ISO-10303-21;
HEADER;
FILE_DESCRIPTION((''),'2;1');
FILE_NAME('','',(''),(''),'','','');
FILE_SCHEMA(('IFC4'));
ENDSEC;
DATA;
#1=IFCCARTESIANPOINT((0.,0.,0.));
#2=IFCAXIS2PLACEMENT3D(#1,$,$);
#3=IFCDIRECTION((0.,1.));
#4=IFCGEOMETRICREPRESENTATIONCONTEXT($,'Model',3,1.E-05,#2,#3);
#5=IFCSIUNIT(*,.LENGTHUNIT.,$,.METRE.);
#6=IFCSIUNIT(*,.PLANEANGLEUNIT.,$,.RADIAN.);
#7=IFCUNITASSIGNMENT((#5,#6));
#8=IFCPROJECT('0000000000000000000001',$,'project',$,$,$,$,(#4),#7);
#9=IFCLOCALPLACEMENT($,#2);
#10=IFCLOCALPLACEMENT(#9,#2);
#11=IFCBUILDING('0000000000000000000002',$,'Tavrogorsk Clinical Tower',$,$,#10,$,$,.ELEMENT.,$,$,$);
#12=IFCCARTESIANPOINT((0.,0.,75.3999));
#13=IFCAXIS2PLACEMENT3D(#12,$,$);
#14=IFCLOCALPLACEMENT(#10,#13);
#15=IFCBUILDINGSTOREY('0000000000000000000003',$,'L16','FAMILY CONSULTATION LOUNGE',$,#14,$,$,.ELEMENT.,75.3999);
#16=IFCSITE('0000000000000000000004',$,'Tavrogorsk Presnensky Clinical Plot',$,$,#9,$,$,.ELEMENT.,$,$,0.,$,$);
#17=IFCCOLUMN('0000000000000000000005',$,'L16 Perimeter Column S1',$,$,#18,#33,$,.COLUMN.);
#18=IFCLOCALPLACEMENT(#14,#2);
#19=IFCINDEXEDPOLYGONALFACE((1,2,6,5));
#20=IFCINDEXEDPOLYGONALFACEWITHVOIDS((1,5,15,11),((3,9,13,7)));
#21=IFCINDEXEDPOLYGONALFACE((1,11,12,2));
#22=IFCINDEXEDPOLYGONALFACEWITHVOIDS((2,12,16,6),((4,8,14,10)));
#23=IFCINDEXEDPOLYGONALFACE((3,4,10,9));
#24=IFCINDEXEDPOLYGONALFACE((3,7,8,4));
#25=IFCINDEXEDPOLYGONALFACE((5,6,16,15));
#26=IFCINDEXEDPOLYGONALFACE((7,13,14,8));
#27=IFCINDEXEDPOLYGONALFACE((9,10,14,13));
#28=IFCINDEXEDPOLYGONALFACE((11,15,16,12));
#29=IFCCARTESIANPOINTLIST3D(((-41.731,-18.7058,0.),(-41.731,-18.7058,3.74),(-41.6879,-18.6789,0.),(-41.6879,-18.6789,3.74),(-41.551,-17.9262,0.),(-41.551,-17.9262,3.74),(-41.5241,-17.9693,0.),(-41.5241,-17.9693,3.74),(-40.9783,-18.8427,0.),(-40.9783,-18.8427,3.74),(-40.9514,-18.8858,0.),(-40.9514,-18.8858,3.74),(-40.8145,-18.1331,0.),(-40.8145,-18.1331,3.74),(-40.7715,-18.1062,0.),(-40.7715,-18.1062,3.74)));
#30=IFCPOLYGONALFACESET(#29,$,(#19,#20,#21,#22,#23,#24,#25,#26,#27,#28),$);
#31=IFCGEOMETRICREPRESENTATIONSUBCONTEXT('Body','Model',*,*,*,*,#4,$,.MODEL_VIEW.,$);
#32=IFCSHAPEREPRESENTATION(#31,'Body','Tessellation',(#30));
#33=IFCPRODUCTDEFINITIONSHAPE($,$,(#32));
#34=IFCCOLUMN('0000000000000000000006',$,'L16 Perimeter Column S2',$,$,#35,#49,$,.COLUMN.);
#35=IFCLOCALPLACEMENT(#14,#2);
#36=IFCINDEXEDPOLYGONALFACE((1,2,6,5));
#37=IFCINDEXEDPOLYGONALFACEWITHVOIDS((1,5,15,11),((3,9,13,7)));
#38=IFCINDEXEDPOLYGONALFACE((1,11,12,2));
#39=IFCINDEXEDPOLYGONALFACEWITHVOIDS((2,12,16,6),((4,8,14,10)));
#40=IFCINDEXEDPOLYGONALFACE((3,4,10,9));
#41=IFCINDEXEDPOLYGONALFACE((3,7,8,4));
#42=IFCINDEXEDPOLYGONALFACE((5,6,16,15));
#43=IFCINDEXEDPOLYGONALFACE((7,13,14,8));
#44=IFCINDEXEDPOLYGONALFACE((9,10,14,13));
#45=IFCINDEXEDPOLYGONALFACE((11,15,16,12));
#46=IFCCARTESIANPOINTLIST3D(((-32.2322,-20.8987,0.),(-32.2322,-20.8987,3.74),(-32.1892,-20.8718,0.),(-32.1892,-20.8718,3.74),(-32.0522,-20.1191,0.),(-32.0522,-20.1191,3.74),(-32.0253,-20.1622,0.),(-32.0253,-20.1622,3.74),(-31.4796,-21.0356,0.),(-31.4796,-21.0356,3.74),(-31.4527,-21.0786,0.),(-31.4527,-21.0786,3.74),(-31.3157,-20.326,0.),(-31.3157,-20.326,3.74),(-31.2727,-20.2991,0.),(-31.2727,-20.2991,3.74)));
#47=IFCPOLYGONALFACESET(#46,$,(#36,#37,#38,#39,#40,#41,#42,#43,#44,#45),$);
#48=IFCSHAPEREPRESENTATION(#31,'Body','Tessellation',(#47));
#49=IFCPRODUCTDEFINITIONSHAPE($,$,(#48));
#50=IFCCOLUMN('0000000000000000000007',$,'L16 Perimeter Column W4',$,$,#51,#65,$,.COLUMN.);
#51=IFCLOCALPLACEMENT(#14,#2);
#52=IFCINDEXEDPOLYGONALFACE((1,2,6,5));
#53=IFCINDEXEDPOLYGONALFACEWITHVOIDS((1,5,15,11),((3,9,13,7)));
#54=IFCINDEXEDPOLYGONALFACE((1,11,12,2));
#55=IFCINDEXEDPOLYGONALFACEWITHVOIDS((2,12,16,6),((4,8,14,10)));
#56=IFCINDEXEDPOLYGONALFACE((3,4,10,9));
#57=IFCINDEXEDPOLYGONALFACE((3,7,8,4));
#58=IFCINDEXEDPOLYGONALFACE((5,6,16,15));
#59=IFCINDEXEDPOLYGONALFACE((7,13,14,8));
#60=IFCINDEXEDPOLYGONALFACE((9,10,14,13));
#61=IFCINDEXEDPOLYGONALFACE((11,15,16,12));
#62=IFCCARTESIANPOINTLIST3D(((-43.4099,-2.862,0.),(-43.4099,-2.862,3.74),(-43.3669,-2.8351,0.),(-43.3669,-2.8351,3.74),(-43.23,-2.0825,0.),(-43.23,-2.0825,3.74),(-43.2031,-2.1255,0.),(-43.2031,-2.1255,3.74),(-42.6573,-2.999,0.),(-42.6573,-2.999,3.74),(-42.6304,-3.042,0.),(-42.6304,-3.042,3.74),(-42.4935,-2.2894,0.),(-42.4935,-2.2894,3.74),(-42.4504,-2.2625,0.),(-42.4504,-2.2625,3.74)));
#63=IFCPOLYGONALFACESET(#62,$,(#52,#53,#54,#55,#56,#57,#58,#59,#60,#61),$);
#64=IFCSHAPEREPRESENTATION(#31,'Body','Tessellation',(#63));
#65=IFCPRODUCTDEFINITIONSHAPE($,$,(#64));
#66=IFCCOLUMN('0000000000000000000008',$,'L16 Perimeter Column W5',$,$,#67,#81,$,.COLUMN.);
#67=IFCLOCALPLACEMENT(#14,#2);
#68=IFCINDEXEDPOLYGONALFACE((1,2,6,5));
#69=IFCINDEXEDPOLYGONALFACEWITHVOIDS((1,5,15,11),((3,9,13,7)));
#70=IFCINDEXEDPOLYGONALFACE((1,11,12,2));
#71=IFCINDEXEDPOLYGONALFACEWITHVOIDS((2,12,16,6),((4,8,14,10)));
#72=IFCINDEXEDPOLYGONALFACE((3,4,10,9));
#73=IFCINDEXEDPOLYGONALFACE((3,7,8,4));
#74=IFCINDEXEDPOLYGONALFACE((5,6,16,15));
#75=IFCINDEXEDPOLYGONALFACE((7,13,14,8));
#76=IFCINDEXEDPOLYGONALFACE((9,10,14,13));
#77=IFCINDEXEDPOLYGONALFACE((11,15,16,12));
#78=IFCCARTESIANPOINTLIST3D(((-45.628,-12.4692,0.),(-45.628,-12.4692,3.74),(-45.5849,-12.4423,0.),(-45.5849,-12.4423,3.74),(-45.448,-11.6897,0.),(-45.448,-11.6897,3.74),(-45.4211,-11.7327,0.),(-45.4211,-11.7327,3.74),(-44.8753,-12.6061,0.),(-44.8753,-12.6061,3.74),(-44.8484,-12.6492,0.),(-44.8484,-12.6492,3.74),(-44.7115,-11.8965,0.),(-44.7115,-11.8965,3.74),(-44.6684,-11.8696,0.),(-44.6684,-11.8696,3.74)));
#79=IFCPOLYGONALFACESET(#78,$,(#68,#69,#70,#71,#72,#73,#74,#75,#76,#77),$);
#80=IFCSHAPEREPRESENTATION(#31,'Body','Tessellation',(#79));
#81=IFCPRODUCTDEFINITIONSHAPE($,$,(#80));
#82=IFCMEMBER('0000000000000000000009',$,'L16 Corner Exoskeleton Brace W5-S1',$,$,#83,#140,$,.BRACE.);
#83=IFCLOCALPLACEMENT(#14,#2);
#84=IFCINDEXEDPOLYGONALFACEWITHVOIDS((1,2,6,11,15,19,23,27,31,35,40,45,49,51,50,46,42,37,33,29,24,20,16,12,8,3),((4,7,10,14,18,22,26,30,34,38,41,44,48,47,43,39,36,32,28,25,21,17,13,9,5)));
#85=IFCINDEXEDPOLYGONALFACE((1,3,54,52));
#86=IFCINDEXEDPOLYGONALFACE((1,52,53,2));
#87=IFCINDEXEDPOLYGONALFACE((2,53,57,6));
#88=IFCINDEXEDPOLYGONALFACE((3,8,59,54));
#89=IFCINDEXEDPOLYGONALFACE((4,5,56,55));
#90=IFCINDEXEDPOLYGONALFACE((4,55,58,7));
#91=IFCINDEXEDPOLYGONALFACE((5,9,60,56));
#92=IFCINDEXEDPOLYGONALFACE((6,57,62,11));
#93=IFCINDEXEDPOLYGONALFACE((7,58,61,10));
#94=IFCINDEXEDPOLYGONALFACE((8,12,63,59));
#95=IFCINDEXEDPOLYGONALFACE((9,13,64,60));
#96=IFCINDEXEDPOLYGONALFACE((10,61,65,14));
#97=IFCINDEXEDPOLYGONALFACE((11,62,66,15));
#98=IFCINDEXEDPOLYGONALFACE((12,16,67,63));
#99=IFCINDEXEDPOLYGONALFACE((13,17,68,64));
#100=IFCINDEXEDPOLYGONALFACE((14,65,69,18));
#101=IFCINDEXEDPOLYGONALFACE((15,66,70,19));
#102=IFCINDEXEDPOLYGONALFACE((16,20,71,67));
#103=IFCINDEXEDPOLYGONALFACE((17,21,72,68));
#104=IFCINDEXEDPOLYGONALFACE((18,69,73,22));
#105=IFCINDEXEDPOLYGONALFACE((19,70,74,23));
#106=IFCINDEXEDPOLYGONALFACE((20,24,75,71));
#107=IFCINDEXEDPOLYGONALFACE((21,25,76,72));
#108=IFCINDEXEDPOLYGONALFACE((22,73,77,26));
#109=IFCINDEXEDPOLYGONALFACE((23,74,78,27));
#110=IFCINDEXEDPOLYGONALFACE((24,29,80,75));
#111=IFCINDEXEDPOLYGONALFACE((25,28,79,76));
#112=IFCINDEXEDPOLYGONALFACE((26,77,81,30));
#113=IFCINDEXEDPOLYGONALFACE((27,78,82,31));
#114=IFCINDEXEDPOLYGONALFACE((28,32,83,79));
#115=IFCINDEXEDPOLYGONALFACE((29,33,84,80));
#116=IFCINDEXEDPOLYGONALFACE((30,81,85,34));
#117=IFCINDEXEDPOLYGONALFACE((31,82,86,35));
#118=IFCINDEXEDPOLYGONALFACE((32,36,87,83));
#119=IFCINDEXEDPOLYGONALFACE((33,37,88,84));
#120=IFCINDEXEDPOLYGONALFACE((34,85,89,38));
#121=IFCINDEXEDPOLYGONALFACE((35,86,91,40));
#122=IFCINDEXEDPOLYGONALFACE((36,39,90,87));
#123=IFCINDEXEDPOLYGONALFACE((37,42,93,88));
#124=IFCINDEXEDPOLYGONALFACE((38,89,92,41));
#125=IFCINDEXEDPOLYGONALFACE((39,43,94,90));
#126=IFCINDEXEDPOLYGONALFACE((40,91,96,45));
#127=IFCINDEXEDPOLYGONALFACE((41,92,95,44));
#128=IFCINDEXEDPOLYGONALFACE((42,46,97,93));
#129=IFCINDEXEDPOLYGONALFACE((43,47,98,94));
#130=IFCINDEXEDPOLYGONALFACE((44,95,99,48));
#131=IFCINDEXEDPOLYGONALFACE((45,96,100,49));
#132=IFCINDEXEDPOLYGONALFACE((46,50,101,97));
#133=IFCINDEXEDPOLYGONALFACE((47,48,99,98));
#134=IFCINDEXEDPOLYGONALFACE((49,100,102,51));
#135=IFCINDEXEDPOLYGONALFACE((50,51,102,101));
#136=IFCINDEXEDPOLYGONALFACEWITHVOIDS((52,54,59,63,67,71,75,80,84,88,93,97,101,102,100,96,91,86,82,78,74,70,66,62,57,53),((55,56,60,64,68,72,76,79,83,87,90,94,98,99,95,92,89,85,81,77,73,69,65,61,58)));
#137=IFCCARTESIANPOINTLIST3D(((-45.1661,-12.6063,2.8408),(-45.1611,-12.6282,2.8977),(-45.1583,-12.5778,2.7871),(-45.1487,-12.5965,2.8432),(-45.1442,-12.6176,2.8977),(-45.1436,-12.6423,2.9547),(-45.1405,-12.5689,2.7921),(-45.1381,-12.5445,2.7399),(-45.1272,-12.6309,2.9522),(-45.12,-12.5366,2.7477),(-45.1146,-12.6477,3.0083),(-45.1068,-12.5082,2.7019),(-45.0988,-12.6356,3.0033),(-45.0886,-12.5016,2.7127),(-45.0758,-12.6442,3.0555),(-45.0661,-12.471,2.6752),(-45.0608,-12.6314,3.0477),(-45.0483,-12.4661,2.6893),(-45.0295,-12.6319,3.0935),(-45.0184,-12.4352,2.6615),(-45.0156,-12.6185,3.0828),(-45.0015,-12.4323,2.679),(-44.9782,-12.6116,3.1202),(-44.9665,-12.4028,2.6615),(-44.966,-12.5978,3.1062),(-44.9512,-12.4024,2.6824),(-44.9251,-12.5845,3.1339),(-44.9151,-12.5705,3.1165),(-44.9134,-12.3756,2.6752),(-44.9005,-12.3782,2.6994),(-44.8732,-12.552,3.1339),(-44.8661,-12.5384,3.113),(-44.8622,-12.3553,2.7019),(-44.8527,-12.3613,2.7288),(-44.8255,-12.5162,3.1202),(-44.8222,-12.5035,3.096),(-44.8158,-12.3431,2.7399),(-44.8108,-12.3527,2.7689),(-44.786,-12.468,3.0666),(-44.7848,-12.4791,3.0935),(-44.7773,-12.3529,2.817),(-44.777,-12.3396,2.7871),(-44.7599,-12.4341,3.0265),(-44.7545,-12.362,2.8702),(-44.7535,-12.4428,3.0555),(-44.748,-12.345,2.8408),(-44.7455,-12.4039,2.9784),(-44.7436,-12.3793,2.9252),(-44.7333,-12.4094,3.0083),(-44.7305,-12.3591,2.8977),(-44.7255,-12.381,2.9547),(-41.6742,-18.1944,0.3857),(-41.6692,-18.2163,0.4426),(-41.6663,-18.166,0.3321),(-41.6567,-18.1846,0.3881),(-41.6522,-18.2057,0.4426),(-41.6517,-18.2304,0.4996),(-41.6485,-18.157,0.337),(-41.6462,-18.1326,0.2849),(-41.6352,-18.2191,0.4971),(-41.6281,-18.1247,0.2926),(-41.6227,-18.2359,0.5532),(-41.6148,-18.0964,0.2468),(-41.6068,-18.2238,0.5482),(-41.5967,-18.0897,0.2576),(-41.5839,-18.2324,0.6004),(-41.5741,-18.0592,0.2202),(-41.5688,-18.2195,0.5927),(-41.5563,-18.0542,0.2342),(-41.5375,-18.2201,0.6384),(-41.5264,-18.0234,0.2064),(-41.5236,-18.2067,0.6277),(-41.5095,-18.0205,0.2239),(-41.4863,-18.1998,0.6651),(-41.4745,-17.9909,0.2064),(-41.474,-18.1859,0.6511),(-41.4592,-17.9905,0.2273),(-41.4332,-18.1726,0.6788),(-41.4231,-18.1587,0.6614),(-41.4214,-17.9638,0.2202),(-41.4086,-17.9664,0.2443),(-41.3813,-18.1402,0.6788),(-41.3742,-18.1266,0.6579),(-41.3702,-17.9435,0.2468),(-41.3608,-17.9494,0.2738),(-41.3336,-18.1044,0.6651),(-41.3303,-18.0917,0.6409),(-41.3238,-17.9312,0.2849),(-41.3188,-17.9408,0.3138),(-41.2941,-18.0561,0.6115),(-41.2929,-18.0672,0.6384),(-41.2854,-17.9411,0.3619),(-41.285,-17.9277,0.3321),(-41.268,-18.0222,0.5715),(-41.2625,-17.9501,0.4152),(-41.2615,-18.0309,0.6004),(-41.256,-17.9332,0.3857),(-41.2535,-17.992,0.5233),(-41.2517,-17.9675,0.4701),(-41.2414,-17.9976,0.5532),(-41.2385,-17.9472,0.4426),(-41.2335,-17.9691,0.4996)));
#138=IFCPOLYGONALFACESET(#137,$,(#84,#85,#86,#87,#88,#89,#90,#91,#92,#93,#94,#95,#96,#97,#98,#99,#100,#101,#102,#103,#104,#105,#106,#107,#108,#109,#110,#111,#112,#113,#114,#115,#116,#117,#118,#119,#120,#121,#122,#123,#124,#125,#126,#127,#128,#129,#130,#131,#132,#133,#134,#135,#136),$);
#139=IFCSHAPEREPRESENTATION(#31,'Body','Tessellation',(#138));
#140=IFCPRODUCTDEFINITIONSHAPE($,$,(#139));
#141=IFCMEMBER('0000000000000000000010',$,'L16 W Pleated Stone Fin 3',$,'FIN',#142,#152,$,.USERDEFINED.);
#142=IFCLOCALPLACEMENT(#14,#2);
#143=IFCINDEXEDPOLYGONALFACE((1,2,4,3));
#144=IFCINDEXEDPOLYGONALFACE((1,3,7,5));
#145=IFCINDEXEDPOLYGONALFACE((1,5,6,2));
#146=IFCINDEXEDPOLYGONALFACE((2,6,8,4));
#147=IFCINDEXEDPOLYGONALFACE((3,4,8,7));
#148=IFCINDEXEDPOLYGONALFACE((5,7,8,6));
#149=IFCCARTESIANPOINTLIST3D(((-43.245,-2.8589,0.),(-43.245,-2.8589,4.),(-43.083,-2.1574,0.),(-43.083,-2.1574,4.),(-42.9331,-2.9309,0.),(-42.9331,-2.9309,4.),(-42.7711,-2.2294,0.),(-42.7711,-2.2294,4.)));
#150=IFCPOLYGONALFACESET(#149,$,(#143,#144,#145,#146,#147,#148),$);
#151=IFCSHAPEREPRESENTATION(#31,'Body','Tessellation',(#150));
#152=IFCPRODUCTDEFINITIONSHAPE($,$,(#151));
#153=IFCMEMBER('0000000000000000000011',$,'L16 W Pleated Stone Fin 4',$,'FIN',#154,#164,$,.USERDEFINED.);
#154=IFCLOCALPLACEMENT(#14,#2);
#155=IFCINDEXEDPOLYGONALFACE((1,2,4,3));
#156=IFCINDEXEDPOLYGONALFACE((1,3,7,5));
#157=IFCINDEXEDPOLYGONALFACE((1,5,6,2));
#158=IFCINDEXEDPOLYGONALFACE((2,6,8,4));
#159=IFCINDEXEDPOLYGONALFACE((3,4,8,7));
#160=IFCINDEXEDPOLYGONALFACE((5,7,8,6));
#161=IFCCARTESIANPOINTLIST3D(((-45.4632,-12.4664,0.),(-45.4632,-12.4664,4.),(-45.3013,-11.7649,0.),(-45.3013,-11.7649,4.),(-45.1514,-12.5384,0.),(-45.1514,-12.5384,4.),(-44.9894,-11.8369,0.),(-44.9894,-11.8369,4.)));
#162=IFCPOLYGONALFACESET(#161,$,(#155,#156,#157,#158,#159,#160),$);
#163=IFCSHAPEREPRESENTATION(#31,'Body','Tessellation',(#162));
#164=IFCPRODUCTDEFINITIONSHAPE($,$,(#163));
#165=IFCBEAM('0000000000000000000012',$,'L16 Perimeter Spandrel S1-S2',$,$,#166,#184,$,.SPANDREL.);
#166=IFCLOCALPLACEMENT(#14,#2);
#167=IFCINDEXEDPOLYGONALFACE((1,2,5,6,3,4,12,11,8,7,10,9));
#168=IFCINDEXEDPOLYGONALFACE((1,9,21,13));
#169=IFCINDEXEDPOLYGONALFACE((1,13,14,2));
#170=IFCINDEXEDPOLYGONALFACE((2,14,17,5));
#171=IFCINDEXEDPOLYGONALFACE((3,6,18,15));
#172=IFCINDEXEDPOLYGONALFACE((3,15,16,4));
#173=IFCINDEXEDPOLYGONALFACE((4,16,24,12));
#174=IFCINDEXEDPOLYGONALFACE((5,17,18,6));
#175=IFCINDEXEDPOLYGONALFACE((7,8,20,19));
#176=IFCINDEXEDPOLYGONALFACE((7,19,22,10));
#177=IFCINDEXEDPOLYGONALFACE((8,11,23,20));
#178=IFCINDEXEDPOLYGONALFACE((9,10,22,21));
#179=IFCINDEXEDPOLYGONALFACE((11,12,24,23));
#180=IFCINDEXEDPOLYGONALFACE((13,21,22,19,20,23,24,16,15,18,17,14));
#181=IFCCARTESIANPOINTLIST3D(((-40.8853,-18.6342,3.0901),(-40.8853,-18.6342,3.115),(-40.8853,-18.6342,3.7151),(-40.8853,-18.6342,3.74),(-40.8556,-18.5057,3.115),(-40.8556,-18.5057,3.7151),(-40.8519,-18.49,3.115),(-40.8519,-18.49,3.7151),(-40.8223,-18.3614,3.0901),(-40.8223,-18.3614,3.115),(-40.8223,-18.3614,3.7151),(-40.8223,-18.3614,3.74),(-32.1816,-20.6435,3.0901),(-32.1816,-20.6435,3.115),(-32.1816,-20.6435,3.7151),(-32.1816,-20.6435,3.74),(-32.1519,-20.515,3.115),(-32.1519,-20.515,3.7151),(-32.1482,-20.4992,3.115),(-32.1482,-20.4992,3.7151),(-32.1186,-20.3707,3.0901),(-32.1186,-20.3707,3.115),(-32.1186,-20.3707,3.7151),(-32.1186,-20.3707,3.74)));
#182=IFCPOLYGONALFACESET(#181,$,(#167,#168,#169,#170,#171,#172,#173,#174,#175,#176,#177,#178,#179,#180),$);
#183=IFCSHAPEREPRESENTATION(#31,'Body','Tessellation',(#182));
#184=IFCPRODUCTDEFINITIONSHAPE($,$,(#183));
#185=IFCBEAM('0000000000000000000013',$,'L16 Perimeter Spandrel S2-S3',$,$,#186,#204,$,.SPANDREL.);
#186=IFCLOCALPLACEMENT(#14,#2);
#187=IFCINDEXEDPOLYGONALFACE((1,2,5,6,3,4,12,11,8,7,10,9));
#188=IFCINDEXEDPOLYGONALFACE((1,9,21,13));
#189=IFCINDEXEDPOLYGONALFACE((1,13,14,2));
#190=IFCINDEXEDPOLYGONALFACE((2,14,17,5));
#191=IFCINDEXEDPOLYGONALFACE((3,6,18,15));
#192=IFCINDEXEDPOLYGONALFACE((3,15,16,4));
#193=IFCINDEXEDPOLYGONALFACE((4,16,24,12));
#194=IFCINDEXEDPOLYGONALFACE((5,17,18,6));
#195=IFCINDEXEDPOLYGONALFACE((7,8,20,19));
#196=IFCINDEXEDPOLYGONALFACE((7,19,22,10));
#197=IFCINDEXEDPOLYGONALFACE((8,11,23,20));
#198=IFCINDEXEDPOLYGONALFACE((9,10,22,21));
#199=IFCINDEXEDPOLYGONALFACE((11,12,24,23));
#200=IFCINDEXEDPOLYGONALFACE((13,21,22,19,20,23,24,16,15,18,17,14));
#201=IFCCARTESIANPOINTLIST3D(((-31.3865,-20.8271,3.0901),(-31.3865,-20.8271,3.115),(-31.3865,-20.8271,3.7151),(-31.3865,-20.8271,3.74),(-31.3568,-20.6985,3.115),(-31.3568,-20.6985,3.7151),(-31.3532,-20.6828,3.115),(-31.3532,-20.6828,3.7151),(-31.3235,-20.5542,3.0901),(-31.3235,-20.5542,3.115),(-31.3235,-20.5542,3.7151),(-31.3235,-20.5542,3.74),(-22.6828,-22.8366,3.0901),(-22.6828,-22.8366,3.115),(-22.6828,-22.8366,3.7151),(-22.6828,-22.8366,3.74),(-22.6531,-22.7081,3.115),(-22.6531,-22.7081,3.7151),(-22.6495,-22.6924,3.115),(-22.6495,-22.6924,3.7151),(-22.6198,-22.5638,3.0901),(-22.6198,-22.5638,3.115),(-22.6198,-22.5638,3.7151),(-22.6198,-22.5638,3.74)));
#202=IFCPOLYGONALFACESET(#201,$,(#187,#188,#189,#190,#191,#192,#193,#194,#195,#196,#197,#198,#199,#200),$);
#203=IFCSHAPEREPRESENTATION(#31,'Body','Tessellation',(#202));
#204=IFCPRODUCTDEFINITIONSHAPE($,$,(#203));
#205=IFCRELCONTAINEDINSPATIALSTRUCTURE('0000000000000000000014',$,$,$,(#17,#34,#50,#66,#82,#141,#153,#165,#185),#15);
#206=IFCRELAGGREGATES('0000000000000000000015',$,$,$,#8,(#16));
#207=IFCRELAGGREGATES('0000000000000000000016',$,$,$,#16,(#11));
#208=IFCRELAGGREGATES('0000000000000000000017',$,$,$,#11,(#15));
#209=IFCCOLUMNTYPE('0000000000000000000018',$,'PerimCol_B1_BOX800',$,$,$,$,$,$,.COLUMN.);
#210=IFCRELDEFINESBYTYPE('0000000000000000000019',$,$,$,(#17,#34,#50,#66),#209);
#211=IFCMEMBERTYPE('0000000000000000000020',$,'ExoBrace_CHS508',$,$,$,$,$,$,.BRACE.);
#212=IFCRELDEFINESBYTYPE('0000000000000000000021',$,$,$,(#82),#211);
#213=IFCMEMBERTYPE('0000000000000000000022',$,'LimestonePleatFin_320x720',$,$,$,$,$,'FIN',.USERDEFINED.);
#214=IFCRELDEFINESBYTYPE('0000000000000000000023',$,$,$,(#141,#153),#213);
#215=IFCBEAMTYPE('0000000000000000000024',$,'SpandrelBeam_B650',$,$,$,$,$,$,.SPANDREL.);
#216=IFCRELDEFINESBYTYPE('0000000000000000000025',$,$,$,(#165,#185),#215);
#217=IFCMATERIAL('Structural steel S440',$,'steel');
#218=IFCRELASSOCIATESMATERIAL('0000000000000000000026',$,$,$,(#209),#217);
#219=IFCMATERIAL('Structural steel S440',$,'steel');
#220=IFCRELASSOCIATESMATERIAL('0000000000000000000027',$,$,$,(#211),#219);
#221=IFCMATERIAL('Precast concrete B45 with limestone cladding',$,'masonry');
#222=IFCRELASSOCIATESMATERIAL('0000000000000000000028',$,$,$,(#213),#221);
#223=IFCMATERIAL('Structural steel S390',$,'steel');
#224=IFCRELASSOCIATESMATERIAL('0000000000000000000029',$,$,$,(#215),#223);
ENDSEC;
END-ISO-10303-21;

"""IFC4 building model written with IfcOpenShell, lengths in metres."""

from ifc_helpers import new_model, si_unit, direction, frame, origin, origin_2d, place, context, subcontext, project, spatial, rectangle, hollow_rectangle, hollow_circle, i_section, extrude, material, material_profile, profile_set, type_object, element, save


model = new_model("IFC4")

# Units and contexts
model_context = context("Model", 3, precision=1e-05, world=origin(), true_north=direction((0.0, 1.0)))
body_context = subcontext(model_context, "Body", "Model", "MODEL_VIEW")
ifc_project = project(units=[si_unit("LENGTHUNIT", "METRE"), si_unit("PLANEANGLEUNIT", "RADIAN")], contexts=[model_context])

# Site, building, storey
site_placement = place(None, origin())
site = spatial("IfcSite", under=ifc_project, at=site_placement, Name="Tavrogorsk Presnensky Clinical Plot", CompositionType="ELEMENT", RefElevation=0.0)
building_placement = place(site_placement, origin())
building = spatial("IfcBuilding", under=site, at=building_placement, Name="Tavrogorsk Clinical Tower", CompositionType="ELEMENT")
storey_placement = place(building_placement, frame((0.0, 0.0, 75.3999)))
storey = spatial("IfcBuildingStorey", under=building, at=storey_placement, Name="L16", Description="FAMILY CONSULTATION LOUNGE", CompositionType="ELEMENT", Elevation=75.3999)

# Columns
ifc_material_1 = material(Name="Structural steel S440", Category="steel")
ifc_material_profile_1 = material_profile(ifc_material_1, hollow_rectangle(XDim=0.8, YDim=0.8, WallThickness=0.0359, at=origin_2d()), Name="BOX-800x800x36")
ifc_profile_set_1 = profile_set([ifc_material_profile_1], Name="Structural steel S440")
column_type = type_object("IfcColumnType", Name="PerimCol_B1_BOX800", PredefinedType="COLUMN", material=ifc_profile_set_1)
for number, where, z_axis, x_axis, name in (
    (1, (-41.2512, -18.406, 0.0), (0.0, 0.0, 1.0), (0.97437, -0.224951, 0.0), "L16 Perimeter Column S1"),
    (2, (-31.7524, -20.5989, 0.0), (0.0, 0.0, 1.0), (0.97437, -0.224951, 0.0), "L16 Perimeter Column S2"),
    (3, (-42.9302, -2.5623, 0.0), (0.0, 0.0, 1.0), (0.97437, -0.224951, 0.0), "L16 Perimeter Column W4"),
    (4, (-45.1482, -12.1694, 0.0), (0.0, 0.0, 1.0), (0.97437, -0.224951, 0.0), "L16 Perimeter Column W5"),
):
    element("IfcColumn", number, at=place(storey_placement, frame(where, z_axis=z_axis, x_axis=x_axis)), inside=storey, type_object=column_type, Name=name, PredefinedType="COLUMN", context=body_context, shape_type="SweptSolid", body=[
        extrude(hollow_rectangle(XDim=0.8, YDim=0.8, WallThickness=0.0359, at=origin_2d()), origin(), (0.0, 0.0, 1.0), 3.74),
    ])

# Members
ifc_material_2 = material(Name="Structural steel S440", Category="steel")
ifc_material_profile_2 = material_profile(ifc_material_2, hollow_circle(Radius=0.2539, WallThickness=0.02, at=origin_2d()), Name="CHS-508x20")
ifc_profile_set_2 = profile_set([ifc_material_profile_2], Name="Structural steel S440")
member_type_1 = type_object("IfcMemberType", Name="ExoBrace_CHS508", PredefinedType="BRACE", material=ifc_profile_set_2)
member_placement = place(storey_placement, frame((-41.4539, -18.0818, 0.4426), z_axis=(-0.496582, 0.794678, 0.349132), x_axis=(-0.848042, -0.529929, 0.0)))
element("IfcMember", 5, at=member_placement, inside=storey, type_object=member_type_1, Name="L16 Corner Exoskeleton Brace W5-S1", PredefinedType="BRACE", context=body_context, shape_type="SweptSolid", body=[
    extrude(hollow_circle(Radius=0.2539, WallThickness=0.02, at=origin_2d()), origin(), (0.0, 0.0, 1.0), 7.032),
])
ifc_material_3 = material(Name="Precast concrete B45 with limestone cladding", Category="masonry")
ifc_material_profile_3 = material_profile(ifc_material_3, rectangle(XDim=0.3201, YDim=0.72, at=origin_2d()), Name="LIMESTONE-FIN-320x720")
ifc_profile_set_3 = profile_set([ifc_material_profile_3], Name="Precast concrete B45 with limestone cladding")
member_type_2 = type_object("IfcMemberType", Name="LimestonePleatFin_320x720", ElementType="FIN", PredefinedType="USERDEFINED", material=ifc_profile_set_3)
for number, where, z_axis, x_axis, name in (
    (6, (-43.0081, -2.5442, 0.0), (0.0, 0.0, 1.0), (0.97437, -0.224951, 0.0), "L16 W Pleated Stone Fin 3"),
    (7, (-45.2263, -12.1516, 0.0), (0.0, 0.0, 1.0), (0.97437, -0.224951, 0.0), "L16 W Pleated Stone Fin 4"),
):
    element("IfcMember", number, at=place(storey_placement, frame(where, z_axis=z_axis, x_axis=x_axis)), inside=storey, type_object=member_type_2, Name=name, ObjectType="FIN", PredefinedType="USERDEFINED", context=body_context, shape_type="SweptSolid", body=[
        extrude(rectangle(XDim=0.3201, YDim=0.72, at=origin_2d()), origin(), (0.0, 0.0, 1.0), 4.0),
    ])

# Beams
ifc_material_4 = material(Name="Structural steel S390", Category="steel")
ifc_material_profile_4 = material_profile(ifc_material_4, i_section(OverallWidth=0.28, OverallDepth=0.6499, WebThickness=0.0161, FlangeThickness=0.0249, at=origin_2d()), Name="B-650x280x16x25")
ifc_profile_set_4 = profile_set([ifc_material_profile_4], Name="Structural steel S390")
beam_type = type_object("IfcBeamType", Name="SpandrelBeam_B650", PredefinedType="SPANDREL", material=ifc_profile_set_4)
for number, where, z_axis, x_axis, name in (
    (8, (-40.8538, -18.4978, 3.415), (0.974373, -0.224939, 0.0), (0.224939, 0.974373, 0.0), "L16 Perimeter Spandrel S1-S2"),
    (9, (-31.355, -20.6907, 3.415), (0.974367, -0.224965, 0.0), (0.224965, 0.974367, 0.0), "L16 Perimeter Spandrel S2-S3"),
):
    element("IfcBeam", number, at=place(storey_placement, frame(where, z_axis=z_axis, x_axis=x_axis)), inside=storey, type_object=beam_type, Name=name, PredefinedType="SPANDREL", context=body_context, shape_type="SweptSolid", body=[
        extrude(i_section(OverallWidth=0.28, OverallDepth=0.6499, WebThickness=0.0161, FlangeThickness=0.0249, at=origin_2d()), origin(), (0.0, 0.0, 1.0), 8.9326),
    ])

save(model, "model.ifc")
